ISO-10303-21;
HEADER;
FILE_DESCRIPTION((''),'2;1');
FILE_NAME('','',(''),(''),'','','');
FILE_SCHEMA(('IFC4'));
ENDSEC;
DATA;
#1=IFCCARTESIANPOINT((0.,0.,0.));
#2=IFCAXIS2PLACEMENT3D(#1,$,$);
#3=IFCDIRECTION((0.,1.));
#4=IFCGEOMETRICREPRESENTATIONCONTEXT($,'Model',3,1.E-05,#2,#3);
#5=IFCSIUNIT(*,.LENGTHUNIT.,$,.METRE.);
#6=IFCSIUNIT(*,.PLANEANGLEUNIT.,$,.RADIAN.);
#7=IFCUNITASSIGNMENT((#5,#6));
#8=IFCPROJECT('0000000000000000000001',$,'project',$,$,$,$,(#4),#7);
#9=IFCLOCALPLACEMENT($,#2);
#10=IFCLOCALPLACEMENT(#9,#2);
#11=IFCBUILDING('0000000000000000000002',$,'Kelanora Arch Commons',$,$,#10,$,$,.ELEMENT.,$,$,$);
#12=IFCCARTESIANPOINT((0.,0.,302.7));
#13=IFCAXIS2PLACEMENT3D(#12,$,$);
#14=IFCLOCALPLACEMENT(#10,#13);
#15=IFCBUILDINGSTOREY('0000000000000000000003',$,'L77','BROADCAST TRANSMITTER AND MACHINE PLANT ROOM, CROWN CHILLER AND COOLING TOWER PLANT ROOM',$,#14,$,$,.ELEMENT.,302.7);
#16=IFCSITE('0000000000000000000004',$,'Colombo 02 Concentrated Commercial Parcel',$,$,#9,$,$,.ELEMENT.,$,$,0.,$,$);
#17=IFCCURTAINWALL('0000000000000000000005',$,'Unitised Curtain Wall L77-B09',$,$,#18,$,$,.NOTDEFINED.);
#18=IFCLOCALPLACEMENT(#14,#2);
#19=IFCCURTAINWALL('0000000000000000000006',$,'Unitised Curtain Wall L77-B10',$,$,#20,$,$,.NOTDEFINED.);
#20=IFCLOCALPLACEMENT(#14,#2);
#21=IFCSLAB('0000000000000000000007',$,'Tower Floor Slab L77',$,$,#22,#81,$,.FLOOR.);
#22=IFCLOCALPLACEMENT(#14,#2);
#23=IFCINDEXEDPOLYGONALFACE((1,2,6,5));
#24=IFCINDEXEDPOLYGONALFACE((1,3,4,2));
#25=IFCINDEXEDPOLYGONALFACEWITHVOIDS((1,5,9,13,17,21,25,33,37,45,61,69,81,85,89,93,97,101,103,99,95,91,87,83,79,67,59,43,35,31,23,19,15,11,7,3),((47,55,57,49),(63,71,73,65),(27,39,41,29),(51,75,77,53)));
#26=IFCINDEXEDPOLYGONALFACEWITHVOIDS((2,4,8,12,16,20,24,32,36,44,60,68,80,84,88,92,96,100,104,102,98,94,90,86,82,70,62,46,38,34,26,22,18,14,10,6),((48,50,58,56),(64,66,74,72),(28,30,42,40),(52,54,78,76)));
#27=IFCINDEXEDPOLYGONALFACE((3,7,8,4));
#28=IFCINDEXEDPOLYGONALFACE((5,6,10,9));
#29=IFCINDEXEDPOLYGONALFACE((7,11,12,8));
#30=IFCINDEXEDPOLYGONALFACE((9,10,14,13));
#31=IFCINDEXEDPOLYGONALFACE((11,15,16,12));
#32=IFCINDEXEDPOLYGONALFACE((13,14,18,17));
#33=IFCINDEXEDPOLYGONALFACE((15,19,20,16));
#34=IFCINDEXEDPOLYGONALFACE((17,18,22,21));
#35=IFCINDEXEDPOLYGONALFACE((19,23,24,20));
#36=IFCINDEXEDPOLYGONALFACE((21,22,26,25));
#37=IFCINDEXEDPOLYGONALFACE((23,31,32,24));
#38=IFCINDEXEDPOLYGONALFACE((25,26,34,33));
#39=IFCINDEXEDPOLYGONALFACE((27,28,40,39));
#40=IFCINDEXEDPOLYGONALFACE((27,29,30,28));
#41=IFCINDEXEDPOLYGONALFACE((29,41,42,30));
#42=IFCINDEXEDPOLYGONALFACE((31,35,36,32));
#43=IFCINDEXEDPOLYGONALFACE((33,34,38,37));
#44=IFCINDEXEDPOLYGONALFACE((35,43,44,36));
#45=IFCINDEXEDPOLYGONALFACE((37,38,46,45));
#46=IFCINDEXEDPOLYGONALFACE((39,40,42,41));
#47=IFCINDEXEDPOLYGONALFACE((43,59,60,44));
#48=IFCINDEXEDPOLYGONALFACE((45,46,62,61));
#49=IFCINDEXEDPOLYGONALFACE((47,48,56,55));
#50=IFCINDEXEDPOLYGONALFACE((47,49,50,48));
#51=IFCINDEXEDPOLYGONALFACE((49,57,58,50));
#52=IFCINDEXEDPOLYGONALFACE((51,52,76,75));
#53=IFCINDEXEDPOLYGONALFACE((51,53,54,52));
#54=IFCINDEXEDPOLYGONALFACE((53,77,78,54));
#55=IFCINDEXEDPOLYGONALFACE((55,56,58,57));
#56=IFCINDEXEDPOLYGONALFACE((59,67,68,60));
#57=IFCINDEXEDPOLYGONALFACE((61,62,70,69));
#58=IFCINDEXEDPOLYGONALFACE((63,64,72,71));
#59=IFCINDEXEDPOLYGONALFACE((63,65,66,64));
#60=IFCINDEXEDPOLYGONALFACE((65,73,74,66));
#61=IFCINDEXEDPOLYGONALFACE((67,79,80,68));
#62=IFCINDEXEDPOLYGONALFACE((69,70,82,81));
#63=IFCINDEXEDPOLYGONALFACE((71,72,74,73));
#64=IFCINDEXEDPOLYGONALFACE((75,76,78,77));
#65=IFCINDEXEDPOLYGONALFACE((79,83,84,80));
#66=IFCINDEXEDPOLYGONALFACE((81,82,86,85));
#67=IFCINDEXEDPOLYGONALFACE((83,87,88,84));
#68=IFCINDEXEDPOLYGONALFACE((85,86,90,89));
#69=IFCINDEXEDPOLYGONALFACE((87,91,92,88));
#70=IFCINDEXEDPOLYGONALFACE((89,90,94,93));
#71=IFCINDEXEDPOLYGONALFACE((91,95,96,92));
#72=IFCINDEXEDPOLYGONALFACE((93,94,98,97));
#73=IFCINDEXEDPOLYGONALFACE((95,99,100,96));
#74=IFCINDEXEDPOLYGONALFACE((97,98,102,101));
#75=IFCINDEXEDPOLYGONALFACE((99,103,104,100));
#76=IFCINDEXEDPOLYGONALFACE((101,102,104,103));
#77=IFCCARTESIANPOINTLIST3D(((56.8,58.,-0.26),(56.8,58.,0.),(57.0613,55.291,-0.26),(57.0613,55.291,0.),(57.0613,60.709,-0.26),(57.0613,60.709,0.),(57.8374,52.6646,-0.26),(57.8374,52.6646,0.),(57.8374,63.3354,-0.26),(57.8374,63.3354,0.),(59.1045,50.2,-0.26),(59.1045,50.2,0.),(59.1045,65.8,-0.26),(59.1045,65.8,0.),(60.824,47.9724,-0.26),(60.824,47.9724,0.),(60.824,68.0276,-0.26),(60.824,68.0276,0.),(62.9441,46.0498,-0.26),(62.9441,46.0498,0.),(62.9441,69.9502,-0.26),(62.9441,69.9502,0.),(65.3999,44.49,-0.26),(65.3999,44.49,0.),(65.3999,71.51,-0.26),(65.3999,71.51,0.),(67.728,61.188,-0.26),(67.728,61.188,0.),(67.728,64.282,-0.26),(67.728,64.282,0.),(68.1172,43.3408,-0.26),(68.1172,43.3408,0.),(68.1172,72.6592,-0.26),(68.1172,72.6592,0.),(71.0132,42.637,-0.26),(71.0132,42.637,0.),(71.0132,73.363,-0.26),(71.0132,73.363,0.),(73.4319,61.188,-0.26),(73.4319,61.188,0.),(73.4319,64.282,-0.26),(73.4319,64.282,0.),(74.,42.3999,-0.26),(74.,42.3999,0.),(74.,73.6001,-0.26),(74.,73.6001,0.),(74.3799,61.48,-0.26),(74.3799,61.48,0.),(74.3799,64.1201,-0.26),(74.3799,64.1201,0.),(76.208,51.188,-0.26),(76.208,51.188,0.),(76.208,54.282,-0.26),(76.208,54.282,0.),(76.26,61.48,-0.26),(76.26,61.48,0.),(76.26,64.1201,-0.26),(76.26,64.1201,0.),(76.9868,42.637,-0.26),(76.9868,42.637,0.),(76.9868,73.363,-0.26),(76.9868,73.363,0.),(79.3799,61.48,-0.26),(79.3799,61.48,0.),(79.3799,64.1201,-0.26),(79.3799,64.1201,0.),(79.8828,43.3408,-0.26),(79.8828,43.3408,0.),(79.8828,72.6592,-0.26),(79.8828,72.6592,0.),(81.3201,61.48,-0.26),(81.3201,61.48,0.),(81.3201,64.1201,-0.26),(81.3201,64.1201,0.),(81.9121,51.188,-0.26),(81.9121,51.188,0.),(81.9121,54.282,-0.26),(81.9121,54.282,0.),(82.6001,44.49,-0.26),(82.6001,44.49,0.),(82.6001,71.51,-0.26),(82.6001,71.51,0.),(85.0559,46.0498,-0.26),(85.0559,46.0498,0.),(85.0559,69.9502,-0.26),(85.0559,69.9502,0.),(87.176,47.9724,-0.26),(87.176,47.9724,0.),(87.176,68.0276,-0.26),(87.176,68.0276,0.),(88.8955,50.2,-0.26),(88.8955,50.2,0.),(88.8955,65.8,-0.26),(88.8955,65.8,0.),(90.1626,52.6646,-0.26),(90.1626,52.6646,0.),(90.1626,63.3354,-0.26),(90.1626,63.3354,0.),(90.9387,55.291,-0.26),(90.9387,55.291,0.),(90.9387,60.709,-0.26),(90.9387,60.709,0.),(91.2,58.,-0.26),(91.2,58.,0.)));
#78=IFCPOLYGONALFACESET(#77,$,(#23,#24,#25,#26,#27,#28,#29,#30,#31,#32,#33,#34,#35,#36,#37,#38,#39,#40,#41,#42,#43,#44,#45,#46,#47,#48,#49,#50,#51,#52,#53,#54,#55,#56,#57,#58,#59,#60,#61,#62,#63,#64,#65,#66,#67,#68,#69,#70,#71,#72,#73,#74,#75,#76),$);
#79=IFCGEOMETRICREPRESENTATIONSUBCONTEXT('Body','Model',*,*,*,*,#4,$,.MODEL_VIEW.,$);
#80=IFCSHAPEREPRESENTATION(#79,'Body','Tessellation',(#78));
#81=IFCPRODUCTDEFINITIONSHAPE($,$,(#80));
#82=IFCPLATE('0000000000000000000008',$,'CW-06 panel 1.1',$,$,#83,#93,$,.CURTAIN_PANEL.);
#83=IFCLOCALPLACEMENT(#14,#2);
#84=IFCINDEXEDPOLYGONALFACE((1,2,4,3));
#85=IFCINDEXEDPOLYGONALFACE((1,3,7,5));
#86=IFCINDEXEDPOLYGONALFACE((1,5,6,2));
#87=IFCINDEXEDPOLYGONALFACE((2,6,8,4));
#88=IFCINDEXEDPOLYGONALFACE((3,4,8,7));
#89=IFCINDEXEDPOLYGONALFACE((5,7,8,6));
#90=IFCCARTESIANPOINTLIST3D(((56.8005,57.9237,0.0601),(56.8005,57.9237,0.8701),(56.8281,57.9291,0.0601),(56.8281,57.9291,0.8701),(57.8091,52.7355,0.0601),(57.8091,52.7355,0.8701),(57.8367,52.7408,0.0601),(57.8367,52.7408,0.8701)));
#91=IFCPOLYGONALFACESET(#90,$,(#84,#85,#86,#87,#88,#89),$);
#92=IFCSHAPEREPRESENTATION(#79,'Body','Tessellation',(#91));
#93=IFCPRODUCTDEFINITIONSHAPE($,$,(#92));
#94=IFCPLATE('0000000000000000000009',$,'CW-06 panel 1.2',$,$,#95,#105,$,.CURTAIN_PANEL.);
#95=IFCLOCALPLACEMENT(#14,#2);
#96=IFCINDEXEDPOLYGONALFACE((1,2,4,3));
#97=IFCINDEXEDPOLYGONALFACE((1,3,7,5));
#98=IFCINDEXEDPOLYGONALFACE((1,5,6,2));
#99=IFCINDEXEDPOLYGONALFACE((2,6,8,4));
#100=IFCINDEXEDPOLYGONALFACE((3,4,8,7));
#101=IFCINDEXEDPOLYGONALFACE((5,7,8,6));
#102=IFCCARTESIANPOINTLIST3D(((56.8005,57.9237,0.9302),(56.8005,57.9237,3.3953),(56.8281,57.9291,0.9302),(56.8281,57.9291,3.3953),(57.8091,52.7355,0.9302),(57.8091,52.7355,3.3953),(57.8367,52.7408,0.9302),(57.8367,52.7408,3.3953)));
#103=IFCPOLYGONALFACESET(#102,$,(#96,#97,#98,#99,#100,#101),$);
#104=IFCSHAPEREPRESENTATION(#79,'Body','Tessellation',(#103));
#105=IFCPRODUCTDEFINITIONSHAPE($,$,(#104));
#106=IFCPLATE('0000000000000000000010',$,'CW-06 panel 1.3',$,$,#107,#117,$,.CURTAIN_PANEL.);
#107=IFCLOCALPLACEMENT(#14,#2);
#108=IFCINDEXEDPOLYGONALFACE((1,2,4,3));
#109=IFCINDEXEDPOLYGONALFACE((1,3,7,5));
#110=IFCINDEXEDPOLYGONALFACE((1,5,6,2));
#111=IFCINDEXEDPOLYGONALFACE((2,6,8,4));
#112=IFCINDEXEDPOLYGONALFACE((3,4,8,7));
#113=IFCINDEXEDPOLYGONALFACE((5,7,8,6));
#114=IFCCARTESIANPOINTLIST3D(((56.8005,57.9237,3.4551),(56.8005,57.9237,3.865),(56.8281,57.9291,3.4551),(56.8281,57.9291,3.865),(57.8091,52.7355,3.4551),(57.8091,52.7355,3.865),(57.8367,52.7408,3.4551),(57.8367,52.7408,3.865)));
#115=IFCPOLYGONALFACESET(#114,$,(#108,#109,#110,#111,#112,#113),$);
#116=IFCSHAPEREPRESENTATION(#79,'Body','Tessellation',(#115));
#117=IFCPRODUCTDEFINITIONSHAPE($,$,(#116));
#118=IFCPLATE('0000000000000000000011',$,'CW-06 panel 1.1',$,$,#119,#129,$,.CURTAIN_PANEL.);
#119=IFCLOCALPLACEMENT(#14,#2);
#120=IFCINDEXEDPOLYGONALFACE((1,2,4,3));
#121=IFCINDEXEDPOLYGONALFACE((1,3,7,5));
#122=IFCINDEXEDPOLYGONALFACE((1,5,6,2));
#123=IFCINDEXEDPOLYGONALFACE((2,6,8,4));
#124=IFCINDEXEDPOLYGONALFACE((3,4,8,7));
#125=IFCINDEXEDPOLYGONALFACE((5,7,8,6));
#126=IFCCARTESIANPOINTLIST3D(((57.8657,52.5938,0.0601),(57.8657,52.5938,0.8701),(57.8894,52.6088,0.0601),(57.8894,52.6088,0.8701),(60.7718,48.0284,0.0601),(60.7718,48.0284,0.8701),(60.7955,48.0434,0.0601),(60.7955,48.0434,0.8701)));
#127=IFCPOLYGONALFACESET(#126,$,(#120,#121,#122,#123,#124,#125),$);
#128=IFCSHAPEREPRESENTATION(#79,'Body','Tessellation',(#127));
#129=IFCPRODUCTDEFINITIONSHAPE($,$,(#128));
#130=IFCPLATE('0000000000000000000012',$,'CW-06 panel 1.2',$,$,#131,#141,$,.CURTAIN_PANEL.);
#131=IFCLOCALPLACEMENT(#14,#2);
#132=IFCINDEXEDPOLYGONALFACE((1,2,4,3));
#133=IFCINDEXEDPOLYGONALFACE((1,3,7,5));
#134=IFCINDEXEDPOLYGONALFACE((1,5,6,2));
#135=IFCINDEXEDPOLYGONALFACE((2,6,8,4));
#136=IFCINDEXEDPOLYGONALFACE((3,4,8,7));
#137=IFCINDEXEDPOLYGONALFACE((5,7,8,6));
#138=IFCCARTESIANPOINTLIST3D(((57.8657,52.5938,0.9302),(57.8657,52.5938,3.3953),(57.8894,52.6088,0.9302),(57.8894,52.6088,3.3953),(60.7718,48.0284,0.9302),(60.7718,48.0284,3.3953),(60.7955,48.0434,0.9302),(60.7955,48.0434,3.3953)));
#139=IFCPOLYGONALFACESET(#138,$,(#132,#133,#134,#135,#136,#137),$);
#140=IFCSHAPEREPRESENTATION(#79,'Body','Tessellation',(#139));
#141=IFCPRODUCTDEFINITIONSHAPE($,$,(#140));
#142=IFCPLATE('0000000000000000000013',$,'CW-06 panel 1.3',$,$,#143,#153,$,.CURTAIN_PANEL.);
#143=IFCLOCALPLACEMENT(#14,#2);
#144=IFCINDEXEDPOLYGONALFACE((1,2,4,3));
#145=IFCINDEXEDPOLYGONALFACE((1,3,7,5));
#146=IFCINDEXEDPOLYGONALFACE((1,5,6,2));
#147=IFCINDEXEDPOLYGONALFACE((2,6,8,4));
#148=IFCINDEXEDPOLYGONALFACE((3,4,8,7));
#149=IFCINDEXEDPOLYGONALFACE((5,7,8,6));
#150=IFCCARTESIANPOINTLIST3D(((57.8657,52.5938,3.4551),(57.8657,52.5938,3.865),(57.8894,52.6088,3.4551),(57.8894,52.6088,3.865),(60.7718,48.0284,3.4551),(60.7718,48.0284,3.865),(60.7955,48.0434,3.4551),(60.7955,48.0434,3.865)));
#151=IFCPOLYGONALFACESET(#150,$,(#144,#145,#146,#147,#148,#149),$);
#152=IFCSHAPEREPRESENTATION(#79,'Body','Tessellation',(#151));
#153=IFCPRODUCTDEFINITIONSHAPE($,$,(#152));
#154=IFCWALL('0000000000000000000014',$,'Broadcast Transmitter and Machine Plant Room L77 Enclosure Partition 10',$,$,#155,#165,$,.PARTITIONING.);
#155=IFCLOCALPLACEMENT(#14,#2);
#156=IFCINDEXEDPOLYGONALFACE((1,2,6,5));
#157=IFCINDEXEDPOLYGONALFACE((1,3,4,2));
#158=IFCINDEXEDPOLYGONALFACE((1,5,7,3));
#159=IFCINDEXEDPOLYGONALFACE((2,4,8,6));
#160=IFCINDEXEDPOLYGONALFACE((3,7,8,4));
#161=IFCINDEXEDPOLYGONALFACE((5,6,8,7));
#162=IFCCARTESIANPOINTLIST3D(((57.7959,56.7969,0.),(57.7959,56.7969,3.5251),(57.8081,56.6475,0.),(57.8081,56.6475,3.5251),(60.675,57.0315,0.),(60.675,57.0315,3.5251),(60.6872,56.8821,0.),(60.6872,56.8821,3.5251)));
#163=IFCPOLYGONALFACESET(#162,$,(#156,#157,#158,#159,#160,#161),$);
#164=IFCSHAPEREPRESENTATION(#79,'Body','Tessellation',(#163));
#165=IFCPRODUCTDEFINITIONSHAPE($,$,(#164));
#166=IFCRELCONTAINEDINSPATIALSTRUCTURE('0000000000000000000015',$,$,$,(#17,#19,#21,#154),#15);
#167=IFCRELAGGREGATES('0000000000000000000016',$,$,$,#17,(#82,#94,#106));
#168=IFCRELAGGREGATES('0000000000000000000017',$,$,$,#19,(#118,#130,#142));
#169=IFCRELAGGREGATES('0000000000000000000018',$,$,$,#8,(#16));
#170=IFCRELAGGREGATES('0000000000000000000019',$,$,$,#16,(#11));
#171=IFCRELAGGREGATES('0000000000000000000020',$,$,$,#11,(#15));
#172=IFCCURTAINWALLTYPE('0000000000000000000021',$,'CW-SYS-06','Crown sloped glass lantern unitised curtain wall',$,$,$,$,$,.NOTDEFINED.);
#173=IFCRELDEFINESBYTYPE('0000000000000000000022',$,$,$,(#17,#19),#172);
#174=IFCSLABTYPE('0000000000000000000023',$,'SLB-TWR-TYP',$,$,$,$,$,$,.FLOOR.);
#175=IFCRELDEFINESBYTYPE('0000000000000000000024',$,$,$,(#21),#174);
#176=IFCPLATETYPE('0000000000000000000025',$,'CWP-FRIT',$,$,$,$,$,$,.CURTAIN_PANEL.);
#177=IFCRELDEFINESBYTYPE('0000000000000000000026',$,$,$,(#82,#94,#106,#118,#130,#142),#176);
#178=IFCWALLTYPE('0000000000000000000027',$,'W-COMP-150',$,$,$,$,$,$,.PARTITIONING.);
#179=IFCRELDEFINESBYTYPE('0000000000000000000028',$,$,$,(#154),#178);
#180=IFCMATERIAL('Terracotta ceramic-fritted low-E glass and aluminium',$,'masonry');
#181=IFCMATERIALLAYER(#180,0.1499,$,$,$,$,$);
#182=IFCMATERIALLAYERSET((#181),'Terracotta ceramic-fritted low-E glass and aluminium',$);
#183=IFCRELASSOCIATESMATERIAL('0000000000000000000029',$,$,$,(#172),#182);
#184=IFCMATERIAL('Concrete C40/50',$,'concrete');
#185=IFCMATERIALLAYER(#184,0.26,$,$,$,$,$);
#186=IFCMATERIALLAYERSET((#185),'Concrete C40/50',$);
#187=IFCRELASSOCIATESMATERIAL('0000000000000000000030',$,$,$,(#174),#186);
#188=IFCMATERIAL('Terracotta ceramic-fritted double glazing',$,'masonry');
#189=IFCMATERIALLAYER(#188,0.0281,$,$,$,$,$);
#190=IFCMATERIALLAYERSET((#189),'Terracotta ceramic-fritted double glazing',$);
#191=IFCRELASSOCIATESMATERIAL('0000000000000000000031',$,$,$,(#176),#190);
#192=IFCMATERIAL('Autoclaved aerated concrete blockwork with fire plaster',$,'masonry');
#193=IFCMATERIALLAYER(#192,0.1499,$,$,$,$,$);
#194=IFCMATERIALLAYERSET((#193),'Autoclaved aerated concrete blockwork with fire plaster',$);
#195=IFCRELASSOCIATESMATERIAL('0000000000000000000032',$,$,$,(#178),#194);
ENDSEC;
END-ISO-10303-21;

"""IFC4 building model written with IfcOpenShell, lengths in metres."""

from ifc_helpers import new_model, si_unit, direction, frame, frame_2d, origin, origin_2d, place, context, subcontext, project, spatial, polyline, rectangle, outline, extrude, source, transform, mapped, material, layer, layer_set, type_object, element, aggregate, save


model = new_model("IFC4")

# Units and contexts
model_context = context("Model", 3, precision=1e-05, world=origin(), true_north=direction((0.0, 1.0)))
body_context = subcontext(model_context, "Body", "Model", "MODEL_VIEW")
ifc_project = project(units=[si_unit("LENGTHUNIT", "METRE"), si_unit("PLANEANGLEUNIT", "RADIAN")], contexts=[model_context])

# Site, building, storey
site_placement = place(None, origin())
site = spatial("IfcSite", under=ifc_project, at=site_placement, Name="Colombo 02 Concentrated Commercial Parcel", CompositionType="ELEMENT", RefElevation=0.0)
building_placement = place(site_placement, origin())
building = spatial("IfcBuilding", under=site, at=building_placement, Name="Kelanora Arch Commons", CompositionType="ELEMENT")
storey_placement = place(building_placement, frame((0.0, 0.0, 302.7)))
storey = spatial("IfcBuildingStorey", under=building, at=storey_placement, Name="L77", Description="BROADCAST TRANSMITTER AND MACHINE PLANT ROOM, CROWN CHILLER AND COOLING TOWER PLANT ROOM", CompositionType="ELEMENT", Elevation=302.7)

# Curtain walls
ifc_material_1 = material(Name="Terracotta ceramic-fritted low-E glass and aluminium", Category="masonry")
ifc_layer_1 = layer(ifc_material_1, 0.1499)
ifc_layer_set_1 = layer_set([ifc_layer_1], Name="Terracotta ceramic-fritted low-E glass and aluminium")
curtain_wall_type = type_object("IfcCurtainWallType", Name="CW-SYS-06", Description="Crown sloped glass lantern unitised curtain wall", PredefinedType="NOTDEFINED", material=ifc_layer_set_1)
curtain_wall_1_placement = place(storey_placement, origin())
curtain_wall_1 = element("IfcCurtainWall", 1, at=curtain_wall_1_placement, inside=storey, type_object=curtain_wall_type, Name="Unitised Curtain Wall L77-B09", PredefinedType="NOTDEFINED")
curtain_wall_2_placement = place(storey_placement, origin())
curtain_wall_2 = element("IfcCurtainWall", 2, at=curtain_wall_2_placement, inside=storey, type_object=curtain_wall_type, Name="Unitised Curtain Wall L77-B10", PredefinedType="NOTDEFINED")

# Shared definitions
ifc_material_2 = material(Name="Concrete C40/50", Category="concrete")

# Slab
ifc_layer_2 = layer(ifc_material_2, 0.26)
ifc_layer_set_2 = layer_set([ifc_layer_2], Name="Concrete C40/50")
slab_type_1 = type_object("IfcSlabType", Name="SLB-TWR-TYP", PredefinedType="FLOOR", material=ifc_layer_set_2)
slab_1_placement = place(storey_placement, frame((0.0, 0.0, -0.26)))
element("IfcSlab", 3, at=slab_1_placement, inside=storey, type_object=slab_type_1, Name="Tower Floor Slab L77", PredefinedType="FLOOR", context=body_context, shape_type="SweptSolid", body=[
    extrude(outline(polyline([(91.2, 58.0), (90.9387, 60.709), (90.1626, 63.3354), (88.8955, 65.8), (87.176, 68.0276), (85.0559, 69.9502), (82.6001, 71.51), (79.8828, 72.6592), (76.9868, 73.363), (74.0, 73.6001), (71.0132, 73.363), (68.1172, 72.6592), (65.3999, 71.51), (62.9441, 69.9502), (60.824, 68.0276), (59.1045, 65.8), (57.8374, 63.3354), (57.0613, 60.709), (56.8, 58.0), (57.0613, 55.291), (57.8374, 52.6646), (59.1045, 50.2), (60.824, 47.9724), (62.9441, 46.0498), (65.3999, 44.49), (68.1172, 43.3408), (71.0132, 42.637), (74.0, 42.3999), (76.9868, 42.637), (79.8828, 43.3408), (82.6001, 44.49), (85.0559, 46.0498), (87.176, 47.9724), (88.8955, 50.2), (90.1626, 52.6646), (90.9387, 55.291), (91.2, 58.0)]), holes=[polyline([(81.9121, 51.188), (76.208, 51.188), (76.208, 54.282), (81.9121, 54.282), (81.9121, 51.188)]), polyline([(73.4319, 61.188), (67.728, 61.188), (67.728, 64.282), (73.4319, 64.282), (73.4319, 61.188)]), polyline([(76.26, 61.48), (74.3799, 61.48), (74.3799, 64.1201), (76.26, 64.1201), (76.26, 61.48)]), polyline([(81.3201, 61.48), (79.3799, 61.48), (79.3799, 64.1201), (81.3201, 64.1201), (81.3201, 61.48)])]), origin(), (0.0, 0.0, 1.0), 0.26),
])

# Plates
ifc_material_3 = material(Name="Terracotta ceramic-fritted double glazing", Category="masonry")
ifc_layer_3 = layer(ifc_material_3, 0.0281)
ifc_layer_set_3 = layer_set([ifc_layer_3], Name="Terracotta ceramic-fritted double glazing")
plate_type = type_object("IfcPlateType", Name="CWP-FRIT", PredefinedType="CURTAIN_PANEL", material=ifc_layer_set_3)
shared_shape_1 = source(origin(), body_context, "Body", "SweptSolid", [
    extrude(rectangle(XDim=5.2854, YDim=0.0281, at=origin_2d()), origin(), (0.0, 0.0, 1.0), 0.8101),
])
plate_1_placement = place(storey_placement, frame((57.3186, 55.3323, 0.0601), z_axis=(0.0, 0.0, 1.0), x_axis=(0.190827, -0.981624, 0.0)))
plate_1 = element("IfcPlate", 4, at=plate_1_placement, type_object=plate_type, Name="CW-06 panel 1.1", PredefinedType="CURTAIN_PANEL", context=body_context, shape_type="MappedRepresentation", body=[
    mapped(shared_shape_1, transform((0.0, 0.0, 0.0), scale=1.0)),
])
shared_shape_2 = source(origin(), body_context, "Body", "SweptSolid", [
    extrude(rectangle(XDim=5.2854, YDim=0.0281, at=origin_2d()), origin(), (0.0, 0.0, 1.0), 2.4651),
])
plate_2_placement = place(storey_placement, frame((57.3186, 55.3323, 0.9302), z_axis=(0.0, 0.0, 1.0), x_axis=(0.190827, -0.981624, 0.0)))
plate_2 = element("IfcPlate", 5, at=plate_2_placement, type_object=plate_type, Name="CW-06 panel 1.2", PredefinedType="CURTAIN_PANEL", context=body_context, shape_type="MappedRepresentation", body=[
    mapped(shared_shape_2, transform((0.0, 0.0, 0.0), scale=1.0)),
])
shared_shape_3 = source(origin(), body_context, "Body", "SweptSolid", [
    extrude(rectangle(XDim=5.2854, YDim=0.0281, at=origin_2d()), origin(), (0.0, 0.0, 1.0), 0.4099),
])
plate_3_placement = place(storey_placement, frame((57.3186, 55.3323, 3.4551), z_axis=(0.0, 0.0, 1.0), x_axis=(0.190827, -0.981624, 0.0)))
plate_3 = element("IfcPlate", 6, at=plate_3_placement, type_object=plate_type, Name="CW-06 panel 1.3", PredefinedType="CURTAIN_PANEL", context=body_context, shape_type="MappedRepresentation", body=[
    mapped(shared_shape_3, transform((0.0, 0.0, 0.0), scale=1.0)),
])
aggregate(curtain_wall_1, [plate_1, plate_2, plate_3])
shared_shape_4 = source(origin(), body_context, "Body", "SweptSolid", [
    extrude(rectangle(XDim=5.4119, YDim=0.0281, at=origin_2d()), origin(), (0.0, 0.0, 1.0), 0.8101),
])
plate_4_placement = place(storey_placement, frame((59.3306, 50.3186, 0.0601), z_axis=(0.0, 0.0, 1.0), x_axis=(0.536984, -0.843592, 0.0)))
plate_4 = element("IfcPlate", 7, at=plate_4_placement, type_object=plate_type, Name="CW-06 panel 1.1", PredefinedType="CURTAIN_PANEL", context=body_context, shape_type="MappedRepresentation", body=[
    mapped(shared_shape_4, transform((0.0, 0.0, 0.0), scale=1.0)),
])
shared_shape_5 = source(origin(), body_context, "Body", "SweptSolid", [
    extrude(rectangle(XDim=5.4119, YDim=0.0281, at=origin_2d()), origin(), (0.0, 0.0, 1.0), 2.4651),
])
plate_5_placement = place(storey_placement, frame((59.3306, 50.3186, 0.9302), z_axis=(0.0, 0.0, 1.0), x_axis=(0.536984, -0.843592, 0.0)))
plate_5 = element("IfcPlate", 8, at=plate_5_placement, type_object=plate_type, Name="CW-06 panel 1.2", PredefinedType="CURTAIN_PANEL", context=body_context, shape_type="MappedRepresentation", body=[
    mapped(shared_shape_5, transform((0.0, 0.0, 0.0), scale=1.0)),
])
shared_shape_6 = source(origin(), body_context, "Body", "SweptSolid", [
    extrude(rectangle(XDim=5.4119, YDim=0.0281, at=origin_2d()), origin(), (0.0, 0.0, 1.0), 0.4099),
])
plate_6_placement = place(storey_placement, frame((59.3306, 50.3186, 3.4551), z_axis=(0.0, 0.0, 1.0), x_axis=(0.536984, -0.843592, 0.0)))
plate_6 = element("IfcPlate", 9, at=plate_6_placement, type_object=plate_type, Name="CW-06 panel 1.3", PredefinedType="CURTAIN_PANEL", context=body_context, shape_type="MappedRepresentation", body=[
    mapped(shared_shape_6, transform((0.0, 0.0, 0.0), scale=1.0)),
])
aggregate(curtain_wall_2, [plate_4, plate_5, plate_6])

# Wall
ifc_material_4 = material(Name="Autoclaved aerated concrete blockwork with fire plaster", Category="masonry")
ifc_layer_4 = layer(ifc_material_4, 0.1499)
ifc_layer_set_4 = layer_set([ifc_layer_4], Name="Autoclaved aerated concrete blockwork with fire plaster")
wall_type = type_object("IfcWallType", Name="W-COMP-150", PredefinedType="PARTITIONING", material=ifc_layer_set_4)
wall_placement = place(storey_placement, frame((57.802, 56.7222, 0.0), z_axis=(0.0, 0.0, 1.0), x_axis=(0.996696, 0.08122, 0.0)))
element("IfcWall", 10, at=wall_placement, inside=storey, type_object=wall_type, Name="Broadcast Transmitter and Machine Plant Room L77 Enclosure Partition 10", PredefinedType="PARTITIONING", context=body_context, shape_type="SweptSolid", body=[
    extrude(rectangle(XDim=2.8887, YDim=0.1499, at=frame_2d((1.4443, 0.0))), origin(), (0.0, 0.0, 1.0), 3.5251),
])

save(model, "model.ifc")
